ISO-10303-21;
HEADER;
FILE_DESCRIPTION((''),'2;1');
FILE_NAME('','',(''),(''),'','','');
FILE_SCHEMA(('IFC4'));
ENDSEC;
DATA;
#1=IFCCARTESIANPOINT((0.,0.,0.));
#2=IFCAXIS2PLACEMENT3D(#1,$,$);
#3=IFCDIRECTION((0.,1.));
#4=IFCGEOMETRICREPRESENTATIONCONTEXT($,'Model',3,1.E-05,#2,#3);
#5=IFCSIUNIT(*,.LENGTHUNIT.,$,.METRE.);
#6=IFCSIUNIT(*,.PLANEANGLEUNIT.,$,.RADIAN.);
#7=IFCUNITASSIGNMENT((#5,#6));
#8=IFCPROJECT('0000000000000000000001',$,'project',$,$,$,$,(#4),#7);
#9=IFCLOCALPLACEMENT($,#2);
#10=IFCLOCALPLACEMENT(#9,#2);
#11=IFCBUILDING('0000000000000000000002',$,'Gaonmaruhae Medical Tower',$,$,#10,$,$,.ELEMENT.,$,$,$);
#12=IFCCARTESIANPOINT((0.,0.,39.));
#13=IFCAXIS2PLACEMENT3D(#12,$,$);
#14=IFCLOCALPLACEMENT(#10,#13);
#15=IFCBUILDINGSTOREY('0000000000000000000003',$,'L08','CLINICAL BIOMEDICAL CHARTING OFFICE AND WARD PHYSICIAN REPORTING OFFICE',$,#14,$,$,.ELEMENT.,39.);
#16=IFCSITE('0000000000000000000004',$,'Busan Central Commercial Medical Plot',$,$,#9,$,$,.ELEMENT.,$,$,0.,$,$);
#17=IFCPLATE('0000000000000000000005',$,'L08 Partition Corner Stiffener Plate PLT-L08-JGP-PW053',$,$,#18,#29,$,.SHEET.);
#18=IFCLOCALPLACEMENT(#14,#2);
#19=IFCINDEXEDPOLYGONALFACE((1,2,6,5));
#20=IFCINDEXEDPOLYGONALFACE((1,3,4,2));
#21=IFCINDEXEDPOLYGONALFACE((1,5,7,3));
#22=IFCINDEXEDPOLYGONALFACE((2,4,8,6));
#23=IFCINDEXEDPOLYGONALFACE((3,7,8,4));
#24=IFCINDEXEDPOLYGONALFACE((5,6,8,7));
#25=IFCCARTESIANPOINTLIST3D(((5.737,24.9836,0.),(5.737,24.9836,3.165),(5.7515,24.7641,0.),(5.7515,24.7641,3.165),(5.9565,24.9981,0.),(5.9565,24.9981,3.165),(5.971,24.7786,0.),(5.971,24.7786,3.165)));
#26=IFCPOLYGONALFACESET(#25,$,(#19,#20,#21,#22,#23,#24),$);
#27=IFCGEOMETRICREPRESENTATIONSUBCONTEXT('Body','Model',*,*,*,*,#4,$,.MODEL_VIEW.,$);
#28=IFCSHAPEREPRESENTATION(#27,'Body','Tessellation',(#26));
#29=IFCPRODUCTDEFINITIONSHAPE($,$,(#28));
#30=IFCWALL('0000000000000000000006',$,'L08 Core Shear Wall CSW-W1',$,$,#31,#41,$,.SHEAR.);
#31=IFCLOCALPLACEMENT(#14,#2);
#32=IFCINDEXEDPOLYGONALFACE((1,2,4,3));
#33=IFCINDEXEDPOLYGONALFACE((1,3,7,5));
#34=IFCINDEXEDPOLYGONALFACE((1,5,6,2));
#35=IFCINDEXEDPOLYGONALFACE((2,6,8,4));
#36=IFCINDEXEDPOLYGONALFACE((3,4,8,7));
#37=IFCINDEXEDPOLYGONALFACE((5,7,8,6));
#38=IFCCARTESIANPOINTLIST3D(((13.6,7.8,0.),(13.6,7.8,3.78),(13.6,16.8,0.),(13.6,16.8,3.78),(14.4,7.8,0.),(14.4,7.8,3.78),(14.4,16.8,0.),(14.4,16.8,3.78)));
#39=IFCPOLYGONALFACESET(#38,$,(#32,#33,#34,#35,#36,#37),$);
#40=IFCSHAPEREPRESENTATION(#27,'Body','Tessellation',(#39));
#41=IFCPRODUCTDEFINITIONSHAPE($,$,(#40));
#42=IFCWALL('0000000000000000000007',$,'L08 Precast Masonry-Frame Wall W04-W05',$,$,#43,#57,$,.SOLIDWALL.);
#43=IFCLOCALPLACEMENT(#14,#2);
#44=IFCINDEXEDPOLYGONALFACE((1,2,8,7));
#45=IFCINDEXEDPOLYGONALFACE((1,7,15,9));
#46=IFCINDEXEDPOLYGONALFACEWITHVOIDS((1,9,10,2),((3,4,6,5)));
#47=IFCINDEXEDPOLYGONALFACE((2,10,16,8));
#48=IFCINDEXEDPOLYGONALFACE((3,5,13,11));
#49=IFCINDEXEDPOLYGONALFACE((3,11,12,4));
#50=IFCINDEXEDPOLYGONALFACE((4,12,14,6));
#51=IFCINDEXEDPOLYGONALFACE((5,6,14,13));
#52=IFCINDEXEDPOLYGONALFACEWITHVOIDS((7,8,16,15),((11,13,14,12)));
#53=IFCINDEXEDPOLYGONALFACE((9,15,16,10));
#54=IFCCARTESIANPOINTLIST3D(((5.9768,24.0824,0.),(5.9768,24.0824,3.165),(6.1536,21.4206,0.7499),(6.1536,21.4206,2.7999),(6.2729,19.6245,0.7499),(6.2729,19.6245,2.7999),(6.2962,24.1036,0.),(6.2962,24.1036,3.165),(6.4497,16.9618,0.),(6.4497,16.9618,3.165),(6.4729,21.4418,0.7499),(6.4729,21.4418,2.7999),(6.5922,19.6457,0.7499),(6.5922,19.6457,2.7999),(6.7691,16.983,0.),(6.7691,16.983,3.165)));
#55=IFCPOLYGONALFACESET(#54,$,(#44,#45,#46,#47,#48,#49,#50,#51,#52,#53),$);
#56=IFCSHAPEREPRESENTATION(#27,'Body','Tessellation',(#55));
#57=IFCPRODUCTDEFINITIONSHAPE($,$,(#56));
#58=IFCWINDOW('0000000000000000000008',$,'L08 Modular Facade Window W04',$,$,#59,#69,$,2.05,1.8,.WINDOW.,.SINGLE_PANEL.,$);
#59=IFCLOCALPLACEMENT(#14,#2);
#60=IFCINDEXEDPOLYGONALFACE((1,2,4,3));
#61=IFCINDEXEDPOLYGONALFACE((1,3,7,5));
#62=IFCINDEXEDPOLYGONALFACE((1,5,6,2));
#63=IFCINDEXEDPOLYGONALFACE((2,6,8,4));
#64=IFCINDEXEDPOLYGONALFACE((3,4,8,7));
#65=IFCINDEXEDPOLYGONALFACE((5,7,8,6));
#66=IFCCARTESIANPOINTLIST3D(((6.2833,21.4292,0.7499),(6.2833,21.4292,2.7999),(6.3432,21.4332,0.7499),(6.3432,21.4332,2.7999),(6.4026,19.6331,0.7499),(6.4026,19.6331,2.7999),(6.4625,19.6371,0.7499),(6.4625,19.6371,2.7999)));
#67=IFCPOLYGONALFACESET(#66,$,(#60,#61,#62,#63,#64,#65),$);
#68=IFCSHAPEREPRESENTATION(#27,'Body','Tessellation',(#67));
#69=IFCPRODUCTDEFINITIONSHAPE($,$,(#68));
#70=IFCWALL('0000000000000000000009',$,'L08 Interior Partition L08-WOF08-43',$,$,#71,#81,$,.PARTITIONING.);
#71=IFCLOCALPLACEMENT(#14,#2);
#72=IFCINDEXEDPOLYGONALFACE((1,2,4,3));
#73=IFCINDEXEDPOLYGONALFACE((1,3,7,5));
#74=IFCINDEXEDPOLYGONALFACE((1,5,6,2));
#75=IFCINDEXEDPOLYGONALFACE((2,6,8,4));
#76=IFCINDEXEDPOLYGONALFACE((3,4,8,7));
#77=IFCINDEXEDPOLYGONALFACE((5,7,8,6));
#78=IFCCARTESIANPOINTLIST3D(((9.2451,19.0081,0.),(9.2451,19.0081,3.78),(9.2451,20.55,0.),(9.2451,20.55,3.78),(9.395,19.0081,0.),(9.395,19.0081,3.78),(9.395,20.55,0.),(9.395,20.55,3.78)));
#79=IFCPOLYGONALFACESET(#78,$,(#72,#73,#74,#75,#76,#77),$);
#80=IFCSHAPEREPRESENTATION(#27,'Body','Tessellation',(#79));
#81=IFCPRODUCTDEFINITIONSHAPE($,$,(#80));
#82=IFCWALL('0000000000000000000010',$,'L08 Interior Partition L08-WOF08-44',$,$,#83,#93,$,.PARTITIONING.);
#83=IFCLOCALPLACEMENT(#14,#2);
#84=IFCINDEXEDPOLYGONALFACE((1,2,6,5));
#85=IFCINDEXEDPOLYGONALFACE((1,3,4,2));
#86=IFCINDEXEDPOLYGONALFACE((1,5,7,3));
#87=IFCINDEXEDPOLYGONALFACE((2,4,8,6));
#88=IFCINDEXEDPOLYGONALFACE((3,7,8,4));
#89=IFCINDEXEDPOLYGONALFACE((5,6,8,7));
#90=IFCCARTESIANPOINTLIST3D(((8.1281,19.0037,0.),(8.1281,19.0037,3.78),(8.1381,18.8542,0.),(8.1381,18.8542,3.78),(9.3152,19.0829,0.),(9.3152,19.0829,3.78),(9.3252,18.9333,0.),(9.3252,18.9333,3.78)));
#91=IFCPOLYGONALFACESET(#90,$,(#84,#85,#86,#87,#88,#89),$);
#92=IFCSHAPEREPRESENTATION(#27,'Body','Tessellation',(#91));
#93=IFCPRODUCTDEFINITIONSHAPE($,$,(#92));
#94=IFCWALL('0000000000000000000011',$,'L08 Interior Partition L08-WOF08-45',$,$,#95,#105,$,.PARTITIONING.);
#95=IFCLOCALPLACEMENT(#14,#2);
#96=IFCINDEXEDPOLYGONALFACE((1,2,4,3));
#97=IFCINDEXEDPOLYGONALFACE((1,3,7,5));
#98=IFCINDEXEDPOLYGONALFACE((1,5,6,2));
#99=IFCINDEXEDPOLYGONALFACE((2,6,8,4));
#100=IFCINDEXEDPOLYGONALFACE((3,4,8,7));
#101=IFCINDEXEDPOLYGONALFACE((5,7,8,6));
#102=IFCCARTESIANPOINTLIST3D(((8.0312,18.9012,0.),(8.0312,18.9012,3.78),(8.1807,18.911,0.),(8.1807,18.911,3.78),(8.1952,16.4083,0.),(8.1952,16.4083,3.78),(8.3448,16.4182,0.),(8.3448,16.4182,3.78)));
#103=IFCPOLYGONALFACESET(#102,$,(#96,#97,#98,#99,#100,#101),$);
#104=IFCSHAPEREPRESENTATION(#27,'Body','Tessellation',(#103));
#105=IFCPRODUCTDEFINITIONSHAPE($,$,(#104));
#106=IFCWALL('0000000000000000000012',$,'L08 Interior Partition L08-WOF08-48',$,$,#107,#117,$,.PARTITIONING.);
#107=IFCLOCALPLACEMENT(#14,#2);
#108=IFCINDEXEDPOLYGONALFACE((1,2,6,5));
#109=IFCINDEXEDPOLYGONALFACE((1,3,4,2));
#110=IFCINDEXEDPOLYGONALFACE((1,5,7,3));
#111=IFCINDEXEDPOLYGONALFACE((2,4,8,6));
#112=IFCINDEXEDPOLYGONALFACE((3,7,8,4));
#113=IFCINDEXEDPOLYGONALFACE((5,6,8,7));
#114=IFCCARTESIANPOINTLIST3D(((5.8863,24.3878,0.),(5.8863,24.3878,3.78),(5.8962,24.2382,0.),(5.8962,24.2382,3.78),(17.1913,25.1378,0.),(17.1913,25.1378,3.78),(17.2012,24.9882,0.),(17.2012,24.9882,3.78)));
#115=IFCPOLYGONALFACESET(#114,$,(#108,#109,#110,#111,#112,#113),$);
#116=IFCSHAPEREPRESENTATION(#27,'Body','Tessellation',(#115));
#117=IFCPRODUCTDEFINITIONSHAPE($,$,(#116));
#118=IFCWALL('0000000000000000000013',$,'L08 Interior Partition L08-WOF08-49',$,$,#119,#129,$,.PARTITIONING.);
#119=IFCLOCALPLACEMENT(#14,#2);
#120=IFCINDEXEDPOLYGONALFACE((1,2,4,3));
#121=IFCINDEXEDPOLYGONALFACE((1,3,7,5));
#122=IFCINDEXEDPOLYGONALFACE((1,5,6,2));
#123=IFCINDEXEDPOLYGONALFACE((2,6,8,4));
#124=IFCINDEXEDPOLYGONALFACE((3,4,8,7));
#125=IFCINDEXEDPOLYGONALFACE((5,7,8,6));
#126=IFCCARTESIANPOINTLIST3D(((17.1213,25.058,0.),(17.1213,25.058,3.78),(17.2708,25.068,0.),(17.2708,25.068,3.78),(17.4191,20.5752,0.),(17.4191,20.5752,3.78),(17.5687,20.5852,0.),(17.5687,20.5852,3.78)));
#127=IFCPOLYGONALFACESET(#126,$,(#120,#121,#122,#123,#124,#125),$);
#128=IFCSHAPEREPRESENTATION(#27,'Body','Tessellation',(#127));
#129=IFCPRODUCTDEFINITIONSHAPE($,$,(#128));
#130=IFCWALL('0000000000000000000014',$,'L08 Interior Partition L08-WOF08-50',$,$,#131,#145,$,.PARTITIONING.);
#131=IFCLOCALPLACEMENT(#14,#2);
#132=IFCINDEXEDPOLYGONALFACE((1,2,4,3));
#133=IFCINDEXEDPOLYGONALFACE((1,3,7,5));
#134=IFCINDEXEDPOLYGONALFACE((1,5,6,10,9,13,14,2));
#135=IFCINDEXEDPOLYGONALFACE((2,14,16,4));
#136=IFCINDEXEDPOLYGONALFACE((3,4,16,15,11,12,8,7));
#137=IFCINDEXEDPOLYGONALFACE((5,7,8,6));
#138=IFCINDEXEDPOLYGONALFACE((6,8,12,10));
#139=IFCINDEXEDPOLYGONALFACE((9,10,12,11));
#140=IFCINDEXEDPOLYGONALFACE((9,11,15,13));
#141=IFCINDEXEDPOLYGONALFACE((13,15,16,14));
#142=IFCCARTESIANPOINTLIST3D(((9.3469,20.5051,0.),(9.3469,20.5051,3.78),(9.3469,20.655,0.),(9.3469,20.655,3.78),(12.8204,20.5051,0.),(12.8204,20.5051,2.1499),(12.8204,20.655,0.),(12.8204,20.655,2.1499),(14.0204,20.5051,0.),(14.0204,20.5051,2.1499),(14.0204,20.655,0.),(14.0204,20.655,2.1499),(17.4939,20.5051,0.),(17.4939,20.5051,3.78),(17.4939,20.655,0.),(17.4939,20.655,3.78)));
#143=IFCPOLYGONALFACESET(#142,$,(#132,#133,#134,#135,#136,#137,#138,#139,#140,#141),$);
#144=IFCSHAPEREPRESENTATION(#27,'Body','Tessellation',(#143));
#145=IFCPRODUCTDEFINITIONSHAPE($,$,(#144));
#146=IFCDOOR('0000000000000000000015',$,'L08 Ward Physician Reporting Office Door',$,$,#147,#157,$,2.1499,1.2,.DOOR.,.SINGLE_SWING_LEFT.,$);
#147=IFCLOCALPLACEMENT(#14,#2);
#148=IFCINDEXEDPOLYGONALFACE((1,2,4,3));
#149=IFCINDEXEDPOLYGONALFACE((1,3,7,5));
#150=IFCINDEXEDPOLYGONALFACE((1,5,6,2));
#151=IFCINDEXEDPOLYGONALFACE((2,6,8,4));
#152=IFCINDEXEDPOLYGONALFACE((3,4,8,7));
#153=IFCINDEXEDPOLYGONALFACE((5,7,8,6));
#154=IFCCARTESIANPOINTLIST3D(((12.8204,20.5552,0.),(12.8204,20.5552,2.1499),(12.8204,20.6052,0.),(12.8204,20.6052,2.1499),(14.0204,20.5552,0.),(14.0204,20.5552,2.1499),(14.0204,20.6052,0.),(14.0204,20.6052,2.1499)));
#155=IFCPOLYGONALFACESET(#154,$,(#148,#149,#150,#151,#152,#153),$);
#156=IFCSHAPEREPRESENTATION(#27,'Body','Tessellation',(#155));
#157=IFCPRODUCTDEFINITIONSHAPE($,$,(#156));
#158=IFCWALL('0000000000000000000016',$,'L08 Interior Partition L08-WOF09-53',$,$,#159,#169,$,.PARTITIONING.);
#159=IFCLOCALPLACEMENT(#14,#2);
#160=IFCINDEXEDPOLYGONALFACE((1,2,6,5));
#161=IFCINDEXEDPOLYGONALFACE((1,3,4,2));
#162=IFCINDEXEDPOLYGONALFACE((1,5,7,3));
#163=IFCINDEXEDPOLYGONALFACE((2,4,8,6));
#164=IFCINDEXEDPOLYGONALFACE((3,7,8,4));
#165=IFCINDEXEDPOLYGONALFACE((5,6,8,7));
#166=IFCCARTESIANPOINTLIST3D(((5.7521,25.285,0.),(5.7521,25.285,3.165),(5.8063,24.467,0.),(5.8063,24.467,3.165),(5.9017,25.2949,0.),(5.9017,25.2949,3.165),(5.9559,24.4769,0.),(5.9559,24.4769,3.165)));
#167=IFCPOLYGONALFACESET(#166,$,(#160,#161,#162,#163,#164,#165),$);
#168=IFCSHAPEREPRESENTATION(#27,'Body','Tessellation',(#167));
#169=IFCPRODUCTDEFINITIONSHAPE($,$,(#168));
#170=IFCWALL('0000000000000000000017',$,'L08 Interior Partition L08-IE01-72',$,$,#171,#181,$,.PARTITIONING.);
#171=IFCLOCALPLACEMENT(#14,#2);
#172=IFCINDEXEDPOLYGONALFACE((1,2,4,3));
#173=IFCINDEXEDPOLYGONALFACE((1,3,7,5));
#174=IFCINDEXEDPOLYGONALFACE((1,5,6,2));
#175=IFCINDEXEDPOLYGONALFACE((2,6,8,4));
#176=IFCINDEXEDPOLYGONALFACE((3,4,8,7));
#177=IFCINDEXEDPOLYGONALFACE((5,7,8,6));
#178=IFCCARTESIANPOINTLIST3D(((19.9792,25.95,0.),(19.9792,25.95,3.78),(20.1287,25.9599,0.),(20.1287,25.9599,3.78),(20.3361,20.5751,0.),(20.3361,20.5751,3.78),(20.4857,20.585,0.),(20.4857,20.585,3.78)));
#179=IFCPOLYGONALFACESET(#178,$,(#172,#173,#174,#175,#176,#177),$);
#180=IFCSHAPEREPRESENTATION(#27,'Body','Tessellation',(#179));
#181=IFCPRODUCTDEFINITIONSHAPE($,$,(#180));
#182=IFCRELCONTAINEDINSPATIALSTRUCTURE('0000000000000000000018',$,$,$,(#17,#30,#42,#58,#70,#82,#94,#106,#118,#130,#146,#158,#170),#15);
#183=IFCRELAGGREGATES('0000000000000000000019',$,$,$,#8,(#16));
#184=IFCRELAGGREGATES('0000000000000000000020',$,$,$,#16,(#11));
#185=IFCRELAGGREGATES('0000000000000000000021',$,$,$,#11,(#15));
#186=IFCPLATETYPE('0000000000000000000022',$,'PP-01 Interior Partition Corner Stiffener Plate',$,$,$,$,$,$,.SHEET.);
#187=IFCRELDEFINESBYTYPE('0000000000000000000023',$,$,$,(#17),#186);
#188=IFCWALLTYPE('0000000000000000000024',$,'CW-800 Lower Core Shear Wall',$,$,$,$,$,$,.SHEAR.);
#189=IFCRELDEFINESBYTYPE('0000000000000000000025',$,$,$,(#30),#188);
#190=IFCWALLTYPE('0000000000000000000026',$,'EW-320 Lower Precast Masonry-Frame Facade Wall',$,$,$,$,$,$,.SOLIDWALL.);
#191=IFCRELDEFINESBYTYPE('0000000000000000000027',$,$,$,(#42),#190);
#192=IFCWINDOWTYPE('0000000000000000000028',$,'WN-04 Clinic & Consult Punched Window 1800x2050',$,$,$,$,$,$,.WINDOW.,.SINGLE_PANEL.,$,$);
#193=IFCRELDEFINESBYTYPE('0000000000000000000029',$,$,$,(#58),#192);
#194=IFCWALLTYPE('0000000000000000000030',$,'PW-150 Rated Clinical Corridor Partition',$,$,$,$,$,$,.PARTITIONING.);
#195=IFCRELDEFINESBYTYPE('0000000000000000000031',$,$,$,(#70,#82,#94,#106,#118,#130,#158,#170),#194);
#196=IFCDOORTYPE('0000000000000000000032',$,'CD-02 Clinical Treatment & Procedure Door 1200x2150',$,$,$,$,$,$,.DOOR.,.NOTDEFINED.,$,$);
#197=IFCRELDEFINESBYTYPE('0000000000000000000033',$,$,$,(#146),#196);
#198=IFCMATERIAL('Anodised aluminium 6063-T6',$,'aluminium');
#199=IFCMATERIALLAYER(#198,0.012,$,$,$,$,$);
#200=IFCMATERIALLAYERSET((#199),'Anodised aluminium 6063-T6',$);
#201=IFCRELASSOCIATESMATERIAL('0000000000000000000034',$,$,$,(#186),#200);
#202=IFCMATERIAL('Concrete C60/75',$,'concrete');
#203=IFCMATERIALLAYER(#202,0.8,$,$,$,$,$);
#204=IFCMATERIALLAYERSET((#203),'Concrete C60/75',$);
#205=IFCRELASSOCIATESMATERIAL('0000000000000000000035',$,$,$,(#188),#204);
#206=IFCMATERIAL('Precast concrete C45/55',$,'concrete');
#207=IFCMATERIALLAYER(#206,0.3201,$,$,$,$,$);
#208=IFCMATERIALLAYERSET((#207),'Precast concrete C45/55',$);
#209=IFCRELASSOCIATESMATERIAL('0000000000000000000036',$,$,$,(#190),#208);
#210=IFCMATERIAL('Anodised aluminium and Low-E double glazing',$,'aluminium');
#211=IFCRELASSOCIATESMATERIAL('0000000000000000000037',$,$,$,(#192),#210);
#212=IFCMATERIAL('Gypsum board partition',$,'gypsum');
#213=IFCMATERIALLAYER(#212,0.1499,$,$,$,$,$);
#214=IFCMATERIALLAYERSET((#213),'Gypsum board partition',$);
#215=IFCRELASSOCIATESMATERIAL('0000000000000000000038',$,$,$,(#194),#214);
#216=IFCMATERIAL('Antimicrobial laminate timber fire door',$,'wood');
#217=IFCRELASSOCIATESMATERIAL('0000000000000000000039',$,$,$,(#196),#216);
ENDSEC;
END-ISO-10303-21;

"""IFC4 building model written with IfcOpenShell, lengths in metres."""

from ifc_helpers import new_model, si_unit, direction, frame, frame_2d, origin, origin_2d, place, context, subcontext, project, spatial, rectangle, extrude, material, layer, layer_set, type_object, element, fill, save


model = new_model("IFC4")

# Units and contexts
model_context = context("Model", 3, precision=1e-05, world=origin(), true_north=direction((0.0, 1.0)))
body_context = subcontext(model_context, "Body", "Model", "MODEL_VIEW")
ifc_project = project(units=[si_unit("LENGTHUNIT", "METRE"), si_unit("PLANEANGLEUNIT", "RADIAN")], contexts=[model_context])

# Site, building, storey
site_placement = place(None, origin())
site = spatial("IfcSite", under=ifc_project, at=site_placement, Name="Busan Central Commercial Medical Plot", CompositionType="ELEMENT", RefElevation=0.0)
building_placement = place(site_placement, origin())
building = spatial("IfcBuilding", under=site, at=building_placement, Name="Gaonmaruhae Medical Tower", CompositionType="ELEMENT")
storey_placement = place(building_placement, frame((0.0, 0.0, 39.0)))
storey = spatial("IfcBuildingStorey", under=building, at=storey_placement, Name="L08", Description="CLINICAL BIOMEDICAL CHARTING OFFICE AND WARD PHYSICIAN REPORTING OFFICE", CompositionType="ELEMENT", Elevation=39.0)

# Shared definitions
ifc_material_1 = material(Name="Concrete C60/75", Category="concrete")

# Plate
ifc_material_2 = material(Name="Anodised aluminium 6063-T6", Category="aluminium")
ifc_layer_1 = layer(ifc_material_2, 0.012)
ifc_layer_set_1 = layer_set([ifc_layer_1], Name="Anodised aluminium 6063-T6")
plate_type = type_object("IfcPlateType", Name="PP-01 Interior Partition Corner Stiffener Plate", PredefinedType="SHEET", material=ifc_layer_set_1)
plate_placement = place(storey_placement, frame((5.854, 24.8811, 0.0), z_axis=(0.0, 0.0, 1.0), x_axis=(-0.065873, 0.997828, 0.0)))
element("IfcPlate", 1, at=plate_placement, inside=storey, type_object=plate_type, Name="L08 Partition Corner Stiffener Plate PLT-L08-JGP-PW053", PredefinedType="SHEET", context=body_context, shape_type="SweptSolid", body=[
    extrude(rectangle(XDim=0.22, YDim=0.22, at=origin_2d()), origin(), (0.0, 0.0, 1.0), 3.165),
])

# Wall
ifc_layer_2 = layer(ifc_material_1, 0.8)
ifc_layer_set_2 = layer_set([ifc_layer_2], Name="Concrete C60/75")
wall_type_1 = type_object("IfcWallType", Name="CW-800 Lower Core Shear Wall", PredefinedType="SHEAR", material=ifc_layer_set_2)
wall_1_placement = place(storey_placement, frame((14.0, 16.8, 0.0), z_axis=(0.0, 0.0, 1.0), x_axis=(0.0, -1.0, 0.0)))
element("IfcWall", 2, at=wall_1_placement, inside=storey, type_object=wall_type_1, Name="L08 Core Shear Wall CSW-W1", PredefinedType="SHEAR", context=body_context, shape_type="SweptSolid", body=[
    extrude(rectangle(XDim=9.0, YDim=0.8, at=frame_2d((4.5, 0.0))), origin(), (0.0, 0.0, 1.0), 3.78),
])

# Wall, opening, window
ifc_material_3 = material(Name="Precast concrete C45/55", Category="concrete")
ifc_layer_3 = layer(ifc_material_3, 0.3201)
ifc_layer_set_3 = layer_set([ifc_layer_3], Name="Precast concrete C45/55")
wall_type_2 = type_object("IfcWallType", Name="EW-320 Lower Precast Masonry-Frame Facade Wall", PredefinedType="SOLIDWALL", material=ifc_layer_set_3)
wall_2_placement = place(storey_placement, frame((6.6094, 16.9724, 0.0), z_axis=(0.0, 0.0, 1.0), x_axis=(-0.066267, 0.997802, 0.0)))
wall_2 = element("IfcWall", 3, at=wall_2_placement, inside=storey, type_object=wall_type_2, Name="L08 Precast Masonry-Frame Wall W04-W05", PredefinedType="SOLIDWALL", context=body_context, shape_type="SweptSolid", body=[
    extrude(rectangle(XDim=7.1362, YDim=0.3201, at=frame_2d((3.5681, 0.0))), origin(), (0.0, 0.0, 1.0), 3.165),
])
opening_1_placement = place(wall_2_placement, frame((2.6687, 0.0, 0.75)))
opening_1 = element("IfcOpeningElement", 4, at=opening_1_placement, cuts=wall_2, PredefinedType="OPENING", context=body_context, shape_type="SweptSolid", body=[
    extrude(rectangle(XDim=1.8, YDim=2.05, at=frame_2d((0.8999, 1.0249))), frame((0.0, 0.1699, 0.0), z_axis=(0.0, -1.0, 0.0), x_axis=(1.0, 0.0, 0.0)), (0.0, 0.0, 1.0), 0.3401),
])
ifc_material_4 = material(Name="Anodised aluminium and Low-E double glazing", Category="aluminium")
window_type = type_object("IfcWindowType", Name="WN-04 Clinic & Consult Punched Window 1800x2050", PartitioningType="SINGLE_PANEL", PredefinedType="WINDOW", material=ifc_material_4)
window_placement = place(opening_1_placement, origin())
window = element("IfcWindow", 5, at=window_placement, inside=storey, type_object=window_type, Name="L08 Modular Facade Window W04", OverallHeight=2.05, OverallWidth=1.8, PartitioningType="SINGLE_PANEL", PredefinedType="WINDOW", context=body_context, shape_type="SweptSolid", body=[
    extrude(rectangle(XDim=1.8, YDim=2.05, at=frame_2d((0.8999, 1.0249))), frame((0.0, 0.03, 0.0), z_axis=(0.0, -1.0, 0.0), x_axis=(1.0, 0.0, 0.0)), (0.0, 0.0, 1.0), 0.0601),
])
fill(opening_1, window)

# Walls
ifc_material_5 = material(Name="Gypsum board partition", Category="gypsum")
ifc_layer_4 = layer(ifc_material_5, 0.1499)
ifc_layer_set_4 = layer_set([ifc_layer_4], Name="Gypsum board partition")
wall_type_3 = type_object("IfcWallType", Name="PW-150 Rated Clinical Corridor Partition", PredefinedType="PARTITIONING", material=ifc_layer_set_4)
wall_3_placement = place(storey_placement, frame((9.3201, 20.55, 0.0), z_axis=(0.0, 0.0, 1.0), x_axis=(0.0, -1.0, 0.0)))
element("IfcWall", 6, at=wall_3_placement, inside=storey, type_object=wall_type_3, Name="L08 Interior Partition L08-WOF08-43", PredefinedType="PARTITIONING", context=body_context, shape_type="SweptSolid", body=[
    extrude(rectangle(XDim=1.542, YDim=0.1499, at=frame_2d((0.771, 0.0))), origin(), (0.0, 0.0, 1.0), 3.78),
])
wall_4_placement = place(storey_placement, frame((9.3201, 19.0081, 0.0), z_axis=(0.0, 0.0, 1.0), x_axis=(-0.997787, -0.066492, 0.0)))
element("IfcWall", 7, at=wall_4_placement, inside=storey, type_object=wall_type_3, Name="L08 Interior Partition L08-WOF08-44", PredefinedType="PARTITIONING", context=body_context, shape_type="SweptSolid", body=[
    extrude(rectangle(XDim=1.1897, YDim=0.1499, at=frame_2d((0.5947, 0.0))), origin(), (0.0, 0.0, 1.0), 3.78),
])
wall_5_placement = place(storey_placement, frame((8.106, 18.906, 0.0), z_axis=(0.0, 0.0, 1.0), x_axis=(0.065669, -0.997841, 0.0)))
element("IfcWall", 8, at=wall_5_placement, inside=storey, type_object=wall_type_3, Name="L08 Interior Partition L08-WOF08-45", PredefinedType="PARTITIONING", context=body_context, shape_type="SweptSolid", body=[
    extrude(rectangle(XDim=2.4983, YDim=0.1499, at=frame_2d((1.249, 0.0))), origin(), (0.0, 0.0, 1.0), 3.78),
])
wall_6_placement = place(storey_placement, frame((5.8911, 24.313, 0.0), z_axis=(0.0, 0.0, 1.0), x_axis=(0.997807, 0.066197, 0.0)))
element("IfcWall", 9, at=wall_6_placement, inside=storey, type_object=wall_type_3, Name="L08 Interior Partition L08-WOF08-48", PredefinedType="PARTITIONING", context=body_context, shape_type="SweptSolid", body=[
    extrude(rectangle(XDim=11.3298, YDim=0.1499, at=frame_2d((5.665, 0.0))), origin(), (0.0, 0.0, 1.0), 3.78),
])
wall_7_placement = place(storey_placement, frame((17.196, 25.063, 0.0), z_axis=(0.0, 0.0, 1.0), x_axis=(0.066295, -0.9978, 0.0)))
element("IfcWall", 10, at=wall_7_placement, inside=storey, type_object=wall_type_3, Name="L08 Interior Partition L08-WOF08-49", PredefinedType="PARTITIONING", context=body_context, shape_type="SweptSolid", body=[
    extrude(rectangle(XDim=4.4927, YDim=0.1499, at=frame_2d((2.2463, 0.0))), origin(), (0.0, 0.0, 1.0), 3.78),
])

# Wall, opening, door
wall_8_placement = place(storey_placement, frame((17.4939, 20.5801, 0.0), z_axis=(0.0, 0.0, 1.0), x_axis=(-1.0, 0.0, 0.0)))
wall_8 = element("IfcWall", 11, at=wall_8_placement, inside=storey, type_object=wall_type_3, Name="L08 Interior Partition L08-WOF08-50", PredefinedType="PARTITIONING", context=body_context, shape_type="SweptSolid", body=[
    extrude(rectangle(XDim=8.147, YDim=0.1499, at=frame_2d((4.0735, 0.0))), origin(), (0.0, 0.0, 1.0), 3.78),
])
opening_2_placement = place(wall_8_placement, frame((3.4734, 0.0, 0.0)))
opening_2 = element("IfcOpeningElement", 12, at=opening_2_placement, cuts=wall_8, PredefinedType="OPENING", context=body_context, shape_type="SweptSolid", body=[
    extrude(rectangle(XDim=1.2, YDim=2.1499, at=frame_2d((0.6001, 1.075))), frame((0.0, 0.085, 0.0), z_axis=(0.0, -1.0, 0.0), x_axis=(1.0, 0.0, 0.0)), (0.0, 0.0, 1.0), 0.1699),
])
ifc_material_6 = material(Name="Antimicrobial laminate timber fire door", Category="wood")
door_type = type_object("IfcDoorType", Name="CD-02 Clinical Treatment & Procedure Door 1200x2150", OperationType="NOTDEFINED", PredefinedType="DOOR", material=ifc_material_6)
door_placement = place(opening_2_placement, origin())
door = element("IfcDoor", 13, at=door_placement, inside=storey, type_object=door_type, Name="L08 Ward Physician Reporting Office Door", OperationType="SINGLE_SWING_LEFT", OverallHeight=2.1499, OverallWidth=1.2, PredefinedType="DOOR", context=body_context, shape_type="SweptSolid", body=[
    extrude(rectangle(XDim=1.2, YDim=2.1499, at=frame_2d((0.6001, 1.075))), frame((0.0, 0.0249, 0.0), z_axis=(0.0, -1.0, 0.0), x_axis=(1.0, 0.0, 0.0)), (0.0, 0.0, 1.0), 0.05),
])
fill(opening_2, door)

# Walls
wall_9_placement = place(storey_placement, frame((5.8811, 24.4719, 0.0), z_axis=(0.0, 0.0, 1.0), x_axis=(-0.066104, 0.997813, 0.0)))
element("IfcWall", 14, at=wall_9_placement, inside=storey, type_object=wall_type_3, Name="L08 Interior Partition L08-WOF09-53", PredefinedType="PARTITIONING", context=body_context, shape_type="SweptSolid", body=[
    extrude(rectangle(XDim=0.8198, YDim=0.1499, at=frame_2d((0.4099, 0.0))), origin(), (0.0, 0.0, 1.0), 3.165),
])
wall_10_placement = place(storey_placement, frame((20.4109, 20.5801, 0.0), z_axis=(0.0, 0.0, 1.0), x_axis=(-0.06626, 0.997802, 0.0)))
element("IfcWall", 15, at=wall_10_placement, inside=storey, type_object=wall_type_3, Name="L08 Interior Partition L08-IE01-72", PredefinedType="PARTITIONING", context=body_context, shape_type="SweptSolid", body=[
    extrude(rectangle(XDim=5.3867, YDim=0.1499, at=frame_2d((2.6934, 0.0))), origin(), (0.0, 0.0, 1.0), 3.78),
])

save(model, "model.ifc")
